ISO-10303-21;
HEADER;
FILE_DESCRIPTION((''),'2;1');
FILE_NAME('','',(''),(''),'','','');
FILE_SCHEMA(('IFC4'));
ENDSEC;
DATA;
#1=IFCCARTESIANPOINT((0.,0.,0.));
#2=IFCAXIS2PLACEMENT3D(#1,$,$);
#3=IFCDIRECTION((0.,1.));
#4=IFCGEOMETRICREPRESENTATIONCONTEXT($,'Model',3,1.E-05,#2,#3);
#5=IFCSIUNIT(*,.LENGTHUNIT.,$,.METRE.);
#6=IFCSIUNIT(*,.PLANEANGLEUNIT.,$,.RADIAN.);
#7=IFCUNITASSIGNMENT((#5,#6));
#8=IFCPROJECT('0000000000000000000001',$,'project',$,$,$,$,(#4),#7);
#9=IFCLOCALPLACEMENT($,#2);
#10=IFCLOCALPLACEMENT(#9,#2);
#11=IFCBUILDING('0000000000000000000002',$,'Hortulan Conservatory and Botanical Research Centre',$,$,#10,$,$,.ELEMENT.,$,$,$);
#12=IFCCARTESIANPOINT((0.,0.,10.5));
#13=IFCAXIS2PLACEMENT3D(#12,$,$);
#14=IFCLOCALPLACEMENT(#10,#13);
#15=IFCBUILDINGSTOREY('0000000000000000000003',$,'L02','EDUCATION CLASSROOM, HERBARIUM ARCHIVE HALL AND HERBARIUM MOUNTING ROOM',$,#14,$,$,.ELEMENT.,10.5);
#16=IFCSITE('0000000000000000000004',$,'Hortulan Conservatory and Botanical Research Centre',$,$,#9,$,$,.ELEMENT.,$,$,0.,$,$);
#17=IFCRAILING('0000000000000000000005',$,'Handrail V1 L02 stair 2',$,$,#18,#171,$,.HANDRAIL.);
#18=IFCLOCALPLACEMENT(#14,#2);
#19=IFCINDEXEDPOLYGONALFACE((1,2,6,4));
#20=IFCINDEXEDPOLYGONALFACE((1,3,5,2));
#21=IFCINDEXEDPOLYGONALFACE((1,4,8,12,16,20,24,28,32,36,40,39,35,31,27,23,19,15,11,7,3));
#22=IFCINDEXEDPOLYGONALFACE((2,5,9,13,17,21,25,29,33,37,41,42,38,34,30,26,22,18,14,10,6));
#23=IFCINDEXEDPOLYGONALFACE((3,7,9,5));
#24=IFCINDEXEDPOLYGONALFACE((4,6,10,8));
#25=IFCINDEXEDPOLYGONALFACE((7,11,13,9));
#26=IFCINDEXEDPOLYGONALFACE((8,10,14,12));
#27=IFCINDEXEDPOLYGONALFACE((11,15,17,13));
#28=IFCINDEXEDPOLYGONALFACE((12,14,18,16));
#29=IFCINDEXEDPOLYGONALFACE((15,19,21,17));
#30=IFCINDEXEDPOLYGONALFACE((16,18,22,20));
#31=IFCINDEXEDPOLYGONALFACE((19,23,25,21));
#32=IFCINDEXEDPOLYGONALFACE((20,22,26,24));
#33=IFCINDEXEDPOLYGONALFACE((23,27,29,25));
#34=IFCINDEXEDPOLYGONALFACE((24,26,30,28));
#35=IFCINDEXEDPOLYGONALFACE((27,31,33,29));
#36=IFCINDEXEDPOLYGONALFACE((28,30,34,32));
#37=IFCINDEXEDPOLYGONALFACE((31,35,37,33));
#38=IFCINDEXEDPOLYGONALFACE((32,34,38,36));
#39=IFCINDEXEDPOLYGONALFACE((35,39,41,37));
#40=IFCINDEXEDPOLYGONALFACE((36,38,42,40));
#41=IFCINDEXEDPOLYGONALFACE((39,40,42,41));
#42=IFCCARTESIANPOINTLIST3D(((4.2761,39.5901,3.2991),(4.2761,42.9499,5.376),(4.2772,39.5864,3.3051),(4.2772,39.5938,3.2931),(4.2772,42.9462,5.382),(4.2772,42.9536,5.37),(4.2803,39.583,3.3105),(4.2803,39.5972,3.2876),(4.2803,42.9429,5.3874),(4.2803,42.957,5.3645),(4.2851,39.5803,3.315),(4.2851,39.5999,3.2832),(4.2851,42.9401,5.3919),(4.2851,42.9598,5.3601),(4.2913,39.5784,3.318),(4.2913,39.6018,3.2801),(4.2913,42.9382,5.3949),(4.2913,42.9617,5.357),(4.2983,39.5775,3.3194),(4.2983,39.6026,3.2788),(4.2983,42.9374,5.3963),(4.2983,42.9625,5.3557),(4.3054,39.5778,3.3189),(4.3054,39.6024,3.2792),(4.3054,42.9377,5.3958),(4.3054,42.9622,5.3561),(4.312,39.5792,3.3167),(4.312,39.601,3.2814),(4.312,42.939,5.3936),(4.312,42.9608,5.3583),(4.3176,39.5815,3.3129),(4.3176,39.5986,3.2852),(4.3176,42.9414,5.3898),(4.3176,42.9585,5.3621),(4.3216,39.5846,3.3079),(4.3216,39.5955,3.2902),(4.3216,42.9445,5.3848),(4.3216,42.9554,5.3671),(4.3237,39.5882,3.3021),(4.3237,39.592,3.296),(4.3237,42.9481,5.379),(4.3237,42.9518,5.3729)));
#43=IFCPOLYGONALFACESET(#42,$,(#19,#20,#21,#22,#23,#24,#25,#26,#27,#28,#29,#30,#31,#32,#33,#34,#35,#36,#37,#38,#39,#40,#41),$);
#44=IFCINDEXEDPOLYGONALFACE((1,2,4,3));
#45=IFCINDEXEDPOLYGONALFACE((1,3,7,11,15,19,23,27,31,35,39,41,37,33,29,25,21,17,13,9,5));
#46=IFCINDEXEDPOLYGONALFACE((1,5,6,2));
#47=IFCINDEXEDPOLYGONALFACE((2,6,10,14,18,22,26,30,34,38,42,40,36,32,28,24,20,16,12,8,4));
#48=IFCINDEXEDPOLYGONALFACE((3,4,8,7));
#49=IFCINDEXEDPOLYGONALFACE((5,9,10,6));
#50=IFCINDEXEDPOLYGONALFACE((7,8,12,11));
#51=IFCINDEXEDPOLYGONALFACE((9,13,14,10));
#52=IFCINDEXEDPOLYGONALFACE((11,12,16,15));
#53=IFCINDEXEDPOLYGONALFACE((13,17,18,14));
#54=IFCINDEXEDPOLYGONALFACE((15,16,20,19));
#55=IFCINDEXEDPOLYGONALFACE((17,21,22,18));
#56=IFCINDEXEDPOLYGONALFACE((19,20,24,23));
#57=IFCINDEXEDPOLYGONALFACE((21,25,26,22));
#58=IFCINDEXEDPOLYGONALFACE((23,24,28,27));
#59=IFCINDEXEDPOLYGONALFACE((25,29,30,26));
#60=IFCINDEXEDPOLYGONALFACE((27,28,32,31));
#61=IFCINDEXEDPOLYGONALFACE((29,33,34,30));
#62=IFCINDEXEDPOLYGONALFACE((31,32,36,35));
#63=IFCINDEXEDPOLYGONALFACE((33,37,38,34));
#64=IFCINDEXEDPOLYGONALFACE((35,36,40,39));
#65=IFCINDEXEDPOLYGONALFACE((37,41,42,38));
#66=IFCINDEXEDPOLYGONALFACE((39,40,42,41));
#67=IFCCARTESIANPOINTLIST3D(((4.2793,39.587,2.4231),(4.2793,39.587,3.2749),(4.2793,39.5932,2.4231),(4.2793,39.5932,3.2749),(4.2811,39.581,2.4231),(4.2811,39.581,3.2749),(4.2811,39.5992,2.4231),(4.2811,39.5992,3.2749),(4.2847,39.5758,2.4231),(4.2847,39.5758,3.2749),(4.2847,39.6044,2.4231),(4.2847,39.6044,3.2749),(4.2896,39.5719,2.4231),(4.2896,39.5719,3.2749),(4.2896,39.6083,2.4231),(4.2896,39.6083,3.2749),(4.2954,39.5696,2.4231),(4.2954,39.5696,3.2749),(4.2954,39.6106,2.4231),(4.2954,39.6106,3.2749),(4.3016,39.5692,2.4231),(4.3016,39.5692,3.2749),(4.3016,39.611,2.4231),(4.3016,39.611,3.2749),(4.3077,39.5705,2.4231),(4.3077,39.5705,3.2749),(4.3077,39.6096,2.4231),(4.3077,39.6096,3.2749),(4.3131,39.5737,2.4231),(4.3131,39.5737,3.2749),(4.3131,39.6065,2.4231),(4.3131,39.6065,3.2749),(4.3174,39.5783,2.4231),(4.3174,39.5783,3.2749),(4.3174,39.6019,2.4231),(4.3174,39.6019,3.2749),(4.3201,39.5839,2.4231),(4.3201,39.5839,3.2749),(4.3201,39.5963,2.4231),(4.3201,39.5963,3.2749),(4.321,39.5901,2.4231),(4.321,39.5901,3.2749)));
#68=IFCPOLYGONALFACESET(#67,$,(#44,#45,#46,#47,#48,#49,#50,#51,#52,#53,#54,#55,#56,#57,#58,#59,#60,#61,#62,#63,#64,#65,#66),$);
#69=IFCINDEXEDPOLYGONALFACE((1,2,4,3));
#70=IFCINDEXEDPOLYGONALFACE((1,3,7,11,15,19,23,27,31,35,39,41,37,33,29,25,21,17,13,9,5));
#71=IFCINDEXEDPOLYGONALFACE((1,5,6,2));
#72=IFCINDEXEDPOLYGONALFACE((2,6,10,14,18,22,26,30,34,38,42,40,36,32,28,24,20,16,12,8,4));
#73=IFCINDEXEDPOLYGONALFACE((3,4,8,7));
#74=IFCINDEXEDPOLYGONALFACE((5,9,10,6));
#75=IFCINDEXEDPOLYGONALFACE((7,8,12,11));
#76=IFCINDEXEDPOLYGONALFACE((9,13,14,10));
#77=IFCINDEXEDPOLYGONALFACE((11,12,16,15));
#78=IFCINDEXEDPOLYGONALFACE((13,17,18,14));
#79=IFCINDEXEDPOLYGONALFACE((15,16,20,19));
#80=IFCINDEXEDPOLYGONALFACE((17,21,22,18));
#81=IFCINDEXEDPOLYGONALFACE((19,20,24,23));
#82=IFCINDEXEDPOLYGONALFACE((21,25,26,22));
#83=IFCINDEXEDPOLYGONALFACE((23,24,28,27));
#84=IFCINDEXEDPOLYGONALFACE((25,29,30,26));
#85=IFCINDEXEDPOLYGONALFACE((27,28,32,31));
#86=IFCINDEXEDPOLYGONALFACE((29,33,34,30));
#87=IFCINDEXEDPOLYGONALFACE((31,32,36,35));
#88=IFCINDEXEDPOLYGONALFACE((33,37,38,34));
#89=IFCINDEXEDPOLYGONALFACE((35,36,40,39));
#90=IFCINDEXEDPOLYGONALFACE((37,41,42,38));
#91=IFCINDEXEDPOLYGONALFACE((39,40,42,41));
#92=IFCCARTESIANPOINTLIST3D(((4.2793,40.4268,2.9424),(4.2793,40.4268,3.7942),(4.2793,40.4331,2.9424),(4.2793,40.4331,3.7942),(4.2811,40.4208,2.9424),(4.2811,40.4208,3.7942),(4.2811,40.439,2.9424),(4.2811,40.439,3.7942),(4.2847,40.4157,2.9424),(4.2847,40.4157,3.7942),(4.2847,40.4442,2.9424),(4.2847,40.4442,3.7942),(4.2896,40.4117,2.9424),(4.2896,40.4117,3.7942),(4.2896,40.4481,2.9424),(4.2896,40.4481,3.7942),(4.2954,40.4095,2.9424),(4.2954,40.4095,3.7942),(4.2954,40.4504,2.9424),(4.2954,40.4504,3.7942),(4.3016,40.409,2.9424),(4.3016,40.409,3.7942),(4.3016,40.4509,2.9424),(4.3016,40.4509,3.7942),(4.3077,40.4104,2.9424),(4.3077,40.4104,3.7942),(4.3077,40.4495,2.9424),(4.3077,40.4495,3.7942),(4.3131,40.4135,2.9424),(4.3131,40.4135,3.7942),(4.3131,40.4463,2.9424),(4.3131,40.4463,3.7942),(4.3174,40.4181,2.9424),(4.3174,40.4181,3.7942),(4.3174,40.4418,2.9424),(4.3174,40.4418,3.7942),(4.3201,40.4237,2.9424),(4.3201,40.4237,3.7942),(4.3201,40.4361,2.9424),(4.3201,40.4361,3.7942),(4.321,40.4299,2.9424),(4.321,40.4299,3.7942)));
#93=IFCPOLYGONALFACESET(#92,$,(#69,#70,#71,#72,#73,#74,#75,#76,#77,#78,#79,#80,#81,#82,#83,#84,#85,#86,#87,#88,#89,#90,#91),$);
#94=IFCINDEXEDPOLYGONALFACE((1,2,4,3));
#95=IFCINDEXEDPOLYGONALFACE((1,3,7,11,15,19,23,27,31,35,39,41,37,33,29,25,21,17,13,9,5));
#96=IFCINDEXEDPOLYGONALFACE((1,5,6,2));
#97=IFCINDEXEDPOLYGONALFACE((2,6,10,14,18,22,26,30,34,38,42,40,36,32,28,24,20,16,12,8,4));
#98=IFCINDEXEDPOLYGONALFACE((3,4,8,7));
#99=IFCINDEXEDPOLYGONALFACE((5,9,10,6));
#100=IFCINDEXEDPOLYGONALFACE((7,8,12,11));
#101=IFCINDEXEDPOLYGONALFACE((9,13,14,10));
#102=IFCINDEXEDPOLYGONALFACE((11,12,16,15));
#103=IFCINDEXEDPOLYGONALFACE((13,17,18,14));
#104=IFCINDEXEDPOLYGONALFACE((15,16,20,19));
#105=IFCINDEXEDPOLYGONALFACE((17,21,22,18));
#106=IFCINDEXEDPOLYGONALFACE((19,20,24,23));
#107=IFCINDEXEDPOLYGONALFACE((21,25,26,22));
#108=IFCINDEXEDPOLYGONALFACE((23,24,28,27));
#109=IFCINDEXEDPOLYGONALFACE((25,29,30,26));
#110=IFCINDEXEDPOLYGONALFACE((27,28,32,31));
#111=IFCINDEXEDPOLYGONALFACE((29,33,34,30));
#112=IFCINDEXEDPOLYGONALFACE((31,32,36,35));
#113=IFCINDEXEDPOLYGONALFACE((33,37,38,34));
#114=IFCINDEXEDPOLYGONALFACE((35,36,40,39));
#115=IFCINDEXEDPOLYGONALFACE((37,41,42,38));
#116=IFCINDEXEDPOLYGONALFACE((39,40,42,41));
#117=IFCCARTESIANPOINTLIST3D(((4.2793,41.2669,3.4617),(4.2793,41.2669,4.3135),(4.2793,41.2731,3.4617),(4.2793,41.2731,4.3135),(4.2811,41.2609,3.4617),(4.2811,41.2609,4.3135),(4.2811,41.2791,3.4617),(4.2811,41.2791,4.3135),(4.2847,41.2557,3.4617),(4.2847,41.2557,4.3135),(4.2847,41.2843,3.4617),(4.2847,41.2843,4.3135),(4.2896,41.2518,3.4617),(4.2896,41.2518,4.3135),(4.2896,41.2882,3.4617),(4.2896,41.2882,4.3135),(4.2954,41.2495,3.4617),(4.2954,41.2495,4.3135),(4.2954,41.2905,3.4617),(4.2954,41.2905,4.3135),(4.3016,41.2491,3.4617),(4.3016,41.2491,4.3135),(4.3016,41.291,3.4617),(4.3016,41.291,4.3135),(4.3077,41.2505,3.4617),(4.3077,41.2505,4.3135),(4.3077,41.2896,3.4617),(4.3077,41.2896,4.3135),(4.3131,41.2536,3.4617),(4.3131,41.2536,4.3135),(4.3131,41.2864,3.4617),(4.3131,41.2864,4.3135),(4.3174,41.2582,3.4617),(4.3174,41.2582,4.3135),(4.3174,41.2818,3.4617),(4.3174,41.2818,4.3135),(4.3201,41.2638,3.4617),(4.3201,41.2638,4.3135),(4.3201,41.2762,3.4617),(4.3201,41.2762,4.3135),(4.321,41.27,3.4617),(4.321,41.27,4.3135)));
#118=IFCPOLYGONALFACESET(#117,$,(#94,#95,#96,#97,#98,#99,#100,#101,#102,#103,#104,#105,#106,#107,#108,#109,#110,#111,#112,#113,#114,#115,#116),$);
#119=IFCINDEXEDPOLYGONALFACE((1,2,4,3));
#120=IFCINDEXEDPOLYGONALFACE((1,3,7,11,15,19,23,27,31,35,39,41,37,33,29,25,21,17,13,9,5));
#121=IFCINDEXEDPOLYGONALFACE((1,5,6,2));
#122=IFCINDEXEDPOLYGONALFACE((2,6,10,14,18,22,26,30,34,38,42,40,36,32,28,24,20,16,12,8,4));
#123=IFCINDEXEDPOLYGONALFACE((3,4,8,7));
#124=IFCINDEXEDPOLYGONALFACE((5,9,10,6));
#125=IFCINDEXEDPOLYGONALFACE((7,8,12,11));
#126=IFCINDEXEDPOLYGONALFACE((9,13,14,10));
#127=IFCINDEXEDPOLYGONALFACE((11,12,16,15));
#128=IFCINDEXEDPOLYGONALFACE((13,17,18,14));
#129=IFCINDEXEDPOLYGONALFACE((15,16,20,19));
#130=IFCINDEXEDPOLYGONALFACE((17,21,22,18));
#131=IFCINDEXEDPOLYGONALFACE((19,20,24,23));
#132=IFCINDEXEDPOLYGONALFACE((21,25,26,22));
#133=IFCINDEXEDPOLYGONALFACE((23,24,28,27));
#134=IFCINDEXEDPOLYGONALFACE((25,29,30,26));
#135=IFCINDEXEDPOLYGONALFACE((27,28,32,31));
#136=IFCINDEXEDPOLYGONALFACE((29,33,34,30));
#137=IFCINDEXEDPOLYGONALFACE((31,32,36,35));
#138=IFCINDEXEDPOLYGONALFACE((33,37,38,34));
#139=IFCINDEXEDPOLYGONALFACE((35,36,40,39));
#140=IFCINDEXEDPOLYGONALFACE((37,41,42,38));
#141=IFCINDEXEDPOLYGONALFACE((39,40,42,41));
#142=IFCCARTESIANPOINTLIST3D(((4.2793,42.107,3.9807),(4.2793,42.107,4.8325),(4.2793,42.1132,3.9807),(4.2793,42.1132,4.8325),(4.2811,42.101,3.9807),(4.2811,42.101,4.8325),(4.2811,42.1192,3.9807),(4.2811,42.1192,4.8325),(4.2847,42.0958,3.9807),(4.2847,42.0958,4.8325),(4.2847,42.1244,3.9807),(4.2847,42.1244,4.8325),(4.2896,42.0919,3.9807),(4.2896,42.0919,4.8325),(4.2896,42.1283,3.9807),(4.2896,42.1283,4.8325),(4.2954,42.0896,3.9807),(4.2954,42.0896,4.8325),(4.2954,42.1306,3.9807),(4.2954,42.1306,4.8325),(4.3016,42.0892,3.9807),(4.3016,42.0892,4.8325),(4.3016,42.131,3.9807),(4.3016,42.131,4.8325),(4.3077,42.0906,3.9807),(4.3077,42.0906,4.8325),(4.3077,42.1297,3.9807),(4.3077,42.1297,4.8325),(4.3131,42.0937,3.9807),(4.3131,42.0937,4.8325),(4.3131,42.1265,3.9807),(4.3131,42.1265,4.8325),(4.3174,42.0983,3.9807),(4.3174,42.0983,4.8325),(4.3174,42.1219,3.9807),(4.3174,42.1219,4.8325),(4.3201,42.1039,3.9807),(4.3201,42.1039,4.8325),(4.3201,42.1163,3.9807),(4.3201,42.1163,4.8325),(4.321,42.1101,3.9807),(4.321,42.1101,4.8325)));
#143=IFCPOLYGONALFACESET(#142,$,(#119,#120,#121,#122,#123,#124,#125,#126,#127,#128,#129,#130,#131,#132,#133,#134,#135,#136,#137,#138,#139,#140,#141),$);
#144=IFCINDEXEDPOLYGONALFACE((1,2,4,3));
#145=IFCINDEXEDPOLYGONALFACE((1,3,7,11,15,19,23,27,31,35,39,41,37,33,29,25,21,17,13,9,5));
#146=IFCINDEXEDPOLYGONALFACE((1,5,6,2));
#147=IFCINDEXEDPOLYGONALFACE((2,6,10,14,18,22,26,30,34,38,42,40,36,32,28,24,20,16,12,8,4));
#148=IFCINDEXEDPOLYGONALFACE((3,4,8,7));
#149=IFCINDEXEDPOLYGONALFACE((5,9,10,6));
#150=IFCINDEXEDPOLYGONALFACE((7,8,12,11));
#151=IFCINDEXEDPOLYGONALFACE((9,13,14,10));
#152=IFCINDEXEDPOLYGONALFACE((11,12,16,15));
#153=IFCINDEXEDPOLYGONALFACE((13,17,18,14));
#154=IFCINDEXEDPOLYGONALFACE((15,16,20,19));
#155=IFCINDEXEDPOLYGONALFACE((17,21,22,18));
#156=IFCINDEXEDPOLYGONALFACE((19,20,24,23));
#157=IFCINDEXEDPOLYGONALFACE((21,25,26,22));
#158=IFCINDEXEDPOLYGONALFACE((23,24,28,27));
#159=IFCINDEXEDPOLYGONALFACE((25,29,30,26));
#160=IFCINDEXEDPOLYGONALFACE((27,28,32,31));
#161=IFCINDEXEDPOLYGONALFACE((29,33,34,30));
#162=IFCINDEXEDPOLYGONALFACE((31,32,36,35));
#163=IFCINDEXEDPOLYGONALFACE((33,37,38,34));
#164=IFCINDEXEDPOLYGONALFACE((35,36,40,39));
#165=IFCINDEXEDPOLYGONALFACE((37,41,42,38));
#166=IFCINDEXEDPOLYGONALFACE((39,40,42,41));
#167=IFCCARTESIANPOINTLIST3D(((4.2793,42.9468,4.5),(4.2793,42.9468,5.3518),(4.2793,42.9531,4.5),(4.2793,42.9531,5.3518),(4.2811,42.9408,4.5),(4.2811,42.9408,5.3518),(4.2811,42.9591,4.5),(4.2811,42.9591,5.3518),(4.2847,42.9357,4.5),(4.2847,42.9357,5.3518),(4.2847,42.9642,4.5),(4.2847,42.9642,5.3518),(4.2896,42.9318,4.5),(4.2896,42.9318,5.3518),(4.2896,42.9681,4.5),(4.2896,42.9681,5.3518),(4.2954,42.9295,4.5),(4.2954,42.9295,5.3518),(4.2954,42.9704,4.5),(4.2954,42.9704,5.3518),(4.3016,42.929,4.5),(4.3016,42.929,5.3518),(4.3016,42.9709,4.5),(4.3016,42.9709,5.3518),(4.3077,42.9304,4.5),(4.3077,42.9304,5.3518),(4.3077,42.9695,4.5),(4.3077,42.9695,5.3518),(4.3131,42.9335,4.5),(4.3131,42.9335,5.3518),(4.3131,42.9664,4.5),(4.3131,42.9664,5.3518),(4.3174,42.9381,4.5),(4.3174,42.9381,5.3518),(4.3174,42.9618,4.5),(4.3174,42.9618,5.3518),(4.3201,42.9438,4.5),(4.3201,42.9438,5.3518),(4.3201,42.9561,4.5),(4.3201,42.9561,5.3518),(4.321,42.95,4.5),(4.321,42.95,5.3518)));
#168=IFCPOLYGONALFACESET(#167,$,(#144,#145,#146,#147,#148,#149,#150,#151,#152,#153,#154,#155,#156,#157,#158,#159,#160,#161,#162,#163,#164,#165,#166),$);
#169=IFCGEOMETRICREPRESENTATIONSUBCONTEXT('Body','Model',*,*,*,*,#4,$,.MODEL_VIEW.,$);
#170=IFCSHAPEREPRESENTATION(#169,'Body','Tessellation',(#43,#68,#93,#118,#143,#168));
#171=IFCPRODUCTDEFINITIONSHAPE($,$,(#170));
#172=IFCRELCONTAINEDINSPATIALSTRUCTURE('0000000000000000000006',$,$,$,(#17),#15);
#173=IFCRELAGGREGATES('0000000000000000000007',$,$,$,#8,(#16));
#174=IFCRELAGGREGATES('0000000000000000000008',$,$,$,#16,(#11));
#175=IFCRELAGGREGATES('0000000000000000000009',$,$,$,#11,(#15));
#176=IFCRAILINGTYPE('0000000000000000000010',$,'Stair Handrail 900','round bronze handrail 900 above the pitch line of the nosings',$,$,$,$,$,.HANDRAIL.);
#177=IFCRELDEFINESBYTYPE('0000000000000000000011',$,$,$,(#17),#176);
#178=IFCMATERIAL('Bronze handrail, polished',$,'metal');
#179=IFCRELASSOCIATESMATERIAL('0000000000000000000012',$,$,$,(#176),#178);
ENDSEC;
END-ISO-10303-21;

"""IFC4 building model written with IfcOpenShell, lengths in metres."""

from ifc_helpers import new_model, si_unit, direction, frame, origin, origin_2d, place, context, subcontext, project, spatial, circle, extrude, material, type_object, element, save


model = new_model("IFC4")

# Units and contexts
model_context = context("Model", 3, precision=1e-05, world=origin(), true_north=direction((0.0, 1.0)))
body_context = subcontext(model_context, "Body", "Model", "MODEL_VIEW")
ifc_project = project(units=[si_unit("LENGTHUNIT", "METRE"), si_unit("PLANEANGLEUNIT", "RADIAN")], contexts=[model_context])

# Site, building, storey
site_placement = place(None, origin())
site = spatial("IfcSite", under=ifc_project, at=site_placement, Name="Hortulan Conservatory and Botanical Research Centre", CompositionType="ELEMENT", RefElevation=0.0)
building_placement = place(site_placement, origin())
building = spatial("IfcBuilding", under=site, at=building_placement, Name="Hortulan Conservatory and Botanical Research Centre", CompositionType="ELEMENT")
storey_placement = place(building_placement, frame((0.0, 0.0, 10.5)))
storey = spatial("IfcBuildingStorey", under=building, at=storey_placement, Name="L02", Description="EDUCATION CLASSROOM, HERBARIUM ARCHIVE HALL AND HERBARIUM MOUNTING ROOM", CompositionType="ELEMENT", Elevation=10.5)

# Railing
ifc_material_1 = material(Name="Bronze handrail, polished", Category="metal")
railing_type_1 = type_object("IfcRailingType", Name="Stair Handrail 900", Description="round bronze handrail 900 above the pitch line of the nosings", PredefinedType="HANDRAIL", material=ifc_material_1)
railing_1_placement = place(storey_placement, frame((4.3, 39.5901, 2.4231)))
element("IfcRailing", 1, at=railing_1_placement, inside=storey, type_object=railing_type_1, Name="Handrail V1 L02 stair 2", PredefinedType="HANDRAIL", context=body_context, shape_type="SweptSolid", body=[
    extrude(circle(Radius=0.0239, at=origin_2d()), frame((0.0, 0.0, 0.876), z_axis=(0.0, 0.850606, 0.525803), x_axis=(-1.0, 0.0, 0.0)), (0.0, 0.0, 1.0), 3.95),
    extrude(circle(Radius=0.021, at=origin_2d()), origin(), (0.0, 0.0, 1.0), 0.8518),
    extrude(circle(Radius=0.021, at=origin_2d()), frame((0.0, 0.8398, 0.5193)), (0.0, 0.0, 1.0), 0.8518),
    extrude(circle(Radius=0.021, at=origin_2d()), frame((0.0, 1.6799, 1.0386)), (0.0, 0.0, 1.0), 0.8518),
    extrude(circle(Radius=0.021, at=origin_2d()), frame((0.0, 2.52, 1.5576)), (0.0, 0.0, 1.0), 0.8518),
    extrude(circle(Radius=0.021, at=origin_2d()), frame((0.0, 3.3599, 2.0769)), (0.0, 0.0, 1.0), 0.8518),
])

save(model, "model.ifc")
